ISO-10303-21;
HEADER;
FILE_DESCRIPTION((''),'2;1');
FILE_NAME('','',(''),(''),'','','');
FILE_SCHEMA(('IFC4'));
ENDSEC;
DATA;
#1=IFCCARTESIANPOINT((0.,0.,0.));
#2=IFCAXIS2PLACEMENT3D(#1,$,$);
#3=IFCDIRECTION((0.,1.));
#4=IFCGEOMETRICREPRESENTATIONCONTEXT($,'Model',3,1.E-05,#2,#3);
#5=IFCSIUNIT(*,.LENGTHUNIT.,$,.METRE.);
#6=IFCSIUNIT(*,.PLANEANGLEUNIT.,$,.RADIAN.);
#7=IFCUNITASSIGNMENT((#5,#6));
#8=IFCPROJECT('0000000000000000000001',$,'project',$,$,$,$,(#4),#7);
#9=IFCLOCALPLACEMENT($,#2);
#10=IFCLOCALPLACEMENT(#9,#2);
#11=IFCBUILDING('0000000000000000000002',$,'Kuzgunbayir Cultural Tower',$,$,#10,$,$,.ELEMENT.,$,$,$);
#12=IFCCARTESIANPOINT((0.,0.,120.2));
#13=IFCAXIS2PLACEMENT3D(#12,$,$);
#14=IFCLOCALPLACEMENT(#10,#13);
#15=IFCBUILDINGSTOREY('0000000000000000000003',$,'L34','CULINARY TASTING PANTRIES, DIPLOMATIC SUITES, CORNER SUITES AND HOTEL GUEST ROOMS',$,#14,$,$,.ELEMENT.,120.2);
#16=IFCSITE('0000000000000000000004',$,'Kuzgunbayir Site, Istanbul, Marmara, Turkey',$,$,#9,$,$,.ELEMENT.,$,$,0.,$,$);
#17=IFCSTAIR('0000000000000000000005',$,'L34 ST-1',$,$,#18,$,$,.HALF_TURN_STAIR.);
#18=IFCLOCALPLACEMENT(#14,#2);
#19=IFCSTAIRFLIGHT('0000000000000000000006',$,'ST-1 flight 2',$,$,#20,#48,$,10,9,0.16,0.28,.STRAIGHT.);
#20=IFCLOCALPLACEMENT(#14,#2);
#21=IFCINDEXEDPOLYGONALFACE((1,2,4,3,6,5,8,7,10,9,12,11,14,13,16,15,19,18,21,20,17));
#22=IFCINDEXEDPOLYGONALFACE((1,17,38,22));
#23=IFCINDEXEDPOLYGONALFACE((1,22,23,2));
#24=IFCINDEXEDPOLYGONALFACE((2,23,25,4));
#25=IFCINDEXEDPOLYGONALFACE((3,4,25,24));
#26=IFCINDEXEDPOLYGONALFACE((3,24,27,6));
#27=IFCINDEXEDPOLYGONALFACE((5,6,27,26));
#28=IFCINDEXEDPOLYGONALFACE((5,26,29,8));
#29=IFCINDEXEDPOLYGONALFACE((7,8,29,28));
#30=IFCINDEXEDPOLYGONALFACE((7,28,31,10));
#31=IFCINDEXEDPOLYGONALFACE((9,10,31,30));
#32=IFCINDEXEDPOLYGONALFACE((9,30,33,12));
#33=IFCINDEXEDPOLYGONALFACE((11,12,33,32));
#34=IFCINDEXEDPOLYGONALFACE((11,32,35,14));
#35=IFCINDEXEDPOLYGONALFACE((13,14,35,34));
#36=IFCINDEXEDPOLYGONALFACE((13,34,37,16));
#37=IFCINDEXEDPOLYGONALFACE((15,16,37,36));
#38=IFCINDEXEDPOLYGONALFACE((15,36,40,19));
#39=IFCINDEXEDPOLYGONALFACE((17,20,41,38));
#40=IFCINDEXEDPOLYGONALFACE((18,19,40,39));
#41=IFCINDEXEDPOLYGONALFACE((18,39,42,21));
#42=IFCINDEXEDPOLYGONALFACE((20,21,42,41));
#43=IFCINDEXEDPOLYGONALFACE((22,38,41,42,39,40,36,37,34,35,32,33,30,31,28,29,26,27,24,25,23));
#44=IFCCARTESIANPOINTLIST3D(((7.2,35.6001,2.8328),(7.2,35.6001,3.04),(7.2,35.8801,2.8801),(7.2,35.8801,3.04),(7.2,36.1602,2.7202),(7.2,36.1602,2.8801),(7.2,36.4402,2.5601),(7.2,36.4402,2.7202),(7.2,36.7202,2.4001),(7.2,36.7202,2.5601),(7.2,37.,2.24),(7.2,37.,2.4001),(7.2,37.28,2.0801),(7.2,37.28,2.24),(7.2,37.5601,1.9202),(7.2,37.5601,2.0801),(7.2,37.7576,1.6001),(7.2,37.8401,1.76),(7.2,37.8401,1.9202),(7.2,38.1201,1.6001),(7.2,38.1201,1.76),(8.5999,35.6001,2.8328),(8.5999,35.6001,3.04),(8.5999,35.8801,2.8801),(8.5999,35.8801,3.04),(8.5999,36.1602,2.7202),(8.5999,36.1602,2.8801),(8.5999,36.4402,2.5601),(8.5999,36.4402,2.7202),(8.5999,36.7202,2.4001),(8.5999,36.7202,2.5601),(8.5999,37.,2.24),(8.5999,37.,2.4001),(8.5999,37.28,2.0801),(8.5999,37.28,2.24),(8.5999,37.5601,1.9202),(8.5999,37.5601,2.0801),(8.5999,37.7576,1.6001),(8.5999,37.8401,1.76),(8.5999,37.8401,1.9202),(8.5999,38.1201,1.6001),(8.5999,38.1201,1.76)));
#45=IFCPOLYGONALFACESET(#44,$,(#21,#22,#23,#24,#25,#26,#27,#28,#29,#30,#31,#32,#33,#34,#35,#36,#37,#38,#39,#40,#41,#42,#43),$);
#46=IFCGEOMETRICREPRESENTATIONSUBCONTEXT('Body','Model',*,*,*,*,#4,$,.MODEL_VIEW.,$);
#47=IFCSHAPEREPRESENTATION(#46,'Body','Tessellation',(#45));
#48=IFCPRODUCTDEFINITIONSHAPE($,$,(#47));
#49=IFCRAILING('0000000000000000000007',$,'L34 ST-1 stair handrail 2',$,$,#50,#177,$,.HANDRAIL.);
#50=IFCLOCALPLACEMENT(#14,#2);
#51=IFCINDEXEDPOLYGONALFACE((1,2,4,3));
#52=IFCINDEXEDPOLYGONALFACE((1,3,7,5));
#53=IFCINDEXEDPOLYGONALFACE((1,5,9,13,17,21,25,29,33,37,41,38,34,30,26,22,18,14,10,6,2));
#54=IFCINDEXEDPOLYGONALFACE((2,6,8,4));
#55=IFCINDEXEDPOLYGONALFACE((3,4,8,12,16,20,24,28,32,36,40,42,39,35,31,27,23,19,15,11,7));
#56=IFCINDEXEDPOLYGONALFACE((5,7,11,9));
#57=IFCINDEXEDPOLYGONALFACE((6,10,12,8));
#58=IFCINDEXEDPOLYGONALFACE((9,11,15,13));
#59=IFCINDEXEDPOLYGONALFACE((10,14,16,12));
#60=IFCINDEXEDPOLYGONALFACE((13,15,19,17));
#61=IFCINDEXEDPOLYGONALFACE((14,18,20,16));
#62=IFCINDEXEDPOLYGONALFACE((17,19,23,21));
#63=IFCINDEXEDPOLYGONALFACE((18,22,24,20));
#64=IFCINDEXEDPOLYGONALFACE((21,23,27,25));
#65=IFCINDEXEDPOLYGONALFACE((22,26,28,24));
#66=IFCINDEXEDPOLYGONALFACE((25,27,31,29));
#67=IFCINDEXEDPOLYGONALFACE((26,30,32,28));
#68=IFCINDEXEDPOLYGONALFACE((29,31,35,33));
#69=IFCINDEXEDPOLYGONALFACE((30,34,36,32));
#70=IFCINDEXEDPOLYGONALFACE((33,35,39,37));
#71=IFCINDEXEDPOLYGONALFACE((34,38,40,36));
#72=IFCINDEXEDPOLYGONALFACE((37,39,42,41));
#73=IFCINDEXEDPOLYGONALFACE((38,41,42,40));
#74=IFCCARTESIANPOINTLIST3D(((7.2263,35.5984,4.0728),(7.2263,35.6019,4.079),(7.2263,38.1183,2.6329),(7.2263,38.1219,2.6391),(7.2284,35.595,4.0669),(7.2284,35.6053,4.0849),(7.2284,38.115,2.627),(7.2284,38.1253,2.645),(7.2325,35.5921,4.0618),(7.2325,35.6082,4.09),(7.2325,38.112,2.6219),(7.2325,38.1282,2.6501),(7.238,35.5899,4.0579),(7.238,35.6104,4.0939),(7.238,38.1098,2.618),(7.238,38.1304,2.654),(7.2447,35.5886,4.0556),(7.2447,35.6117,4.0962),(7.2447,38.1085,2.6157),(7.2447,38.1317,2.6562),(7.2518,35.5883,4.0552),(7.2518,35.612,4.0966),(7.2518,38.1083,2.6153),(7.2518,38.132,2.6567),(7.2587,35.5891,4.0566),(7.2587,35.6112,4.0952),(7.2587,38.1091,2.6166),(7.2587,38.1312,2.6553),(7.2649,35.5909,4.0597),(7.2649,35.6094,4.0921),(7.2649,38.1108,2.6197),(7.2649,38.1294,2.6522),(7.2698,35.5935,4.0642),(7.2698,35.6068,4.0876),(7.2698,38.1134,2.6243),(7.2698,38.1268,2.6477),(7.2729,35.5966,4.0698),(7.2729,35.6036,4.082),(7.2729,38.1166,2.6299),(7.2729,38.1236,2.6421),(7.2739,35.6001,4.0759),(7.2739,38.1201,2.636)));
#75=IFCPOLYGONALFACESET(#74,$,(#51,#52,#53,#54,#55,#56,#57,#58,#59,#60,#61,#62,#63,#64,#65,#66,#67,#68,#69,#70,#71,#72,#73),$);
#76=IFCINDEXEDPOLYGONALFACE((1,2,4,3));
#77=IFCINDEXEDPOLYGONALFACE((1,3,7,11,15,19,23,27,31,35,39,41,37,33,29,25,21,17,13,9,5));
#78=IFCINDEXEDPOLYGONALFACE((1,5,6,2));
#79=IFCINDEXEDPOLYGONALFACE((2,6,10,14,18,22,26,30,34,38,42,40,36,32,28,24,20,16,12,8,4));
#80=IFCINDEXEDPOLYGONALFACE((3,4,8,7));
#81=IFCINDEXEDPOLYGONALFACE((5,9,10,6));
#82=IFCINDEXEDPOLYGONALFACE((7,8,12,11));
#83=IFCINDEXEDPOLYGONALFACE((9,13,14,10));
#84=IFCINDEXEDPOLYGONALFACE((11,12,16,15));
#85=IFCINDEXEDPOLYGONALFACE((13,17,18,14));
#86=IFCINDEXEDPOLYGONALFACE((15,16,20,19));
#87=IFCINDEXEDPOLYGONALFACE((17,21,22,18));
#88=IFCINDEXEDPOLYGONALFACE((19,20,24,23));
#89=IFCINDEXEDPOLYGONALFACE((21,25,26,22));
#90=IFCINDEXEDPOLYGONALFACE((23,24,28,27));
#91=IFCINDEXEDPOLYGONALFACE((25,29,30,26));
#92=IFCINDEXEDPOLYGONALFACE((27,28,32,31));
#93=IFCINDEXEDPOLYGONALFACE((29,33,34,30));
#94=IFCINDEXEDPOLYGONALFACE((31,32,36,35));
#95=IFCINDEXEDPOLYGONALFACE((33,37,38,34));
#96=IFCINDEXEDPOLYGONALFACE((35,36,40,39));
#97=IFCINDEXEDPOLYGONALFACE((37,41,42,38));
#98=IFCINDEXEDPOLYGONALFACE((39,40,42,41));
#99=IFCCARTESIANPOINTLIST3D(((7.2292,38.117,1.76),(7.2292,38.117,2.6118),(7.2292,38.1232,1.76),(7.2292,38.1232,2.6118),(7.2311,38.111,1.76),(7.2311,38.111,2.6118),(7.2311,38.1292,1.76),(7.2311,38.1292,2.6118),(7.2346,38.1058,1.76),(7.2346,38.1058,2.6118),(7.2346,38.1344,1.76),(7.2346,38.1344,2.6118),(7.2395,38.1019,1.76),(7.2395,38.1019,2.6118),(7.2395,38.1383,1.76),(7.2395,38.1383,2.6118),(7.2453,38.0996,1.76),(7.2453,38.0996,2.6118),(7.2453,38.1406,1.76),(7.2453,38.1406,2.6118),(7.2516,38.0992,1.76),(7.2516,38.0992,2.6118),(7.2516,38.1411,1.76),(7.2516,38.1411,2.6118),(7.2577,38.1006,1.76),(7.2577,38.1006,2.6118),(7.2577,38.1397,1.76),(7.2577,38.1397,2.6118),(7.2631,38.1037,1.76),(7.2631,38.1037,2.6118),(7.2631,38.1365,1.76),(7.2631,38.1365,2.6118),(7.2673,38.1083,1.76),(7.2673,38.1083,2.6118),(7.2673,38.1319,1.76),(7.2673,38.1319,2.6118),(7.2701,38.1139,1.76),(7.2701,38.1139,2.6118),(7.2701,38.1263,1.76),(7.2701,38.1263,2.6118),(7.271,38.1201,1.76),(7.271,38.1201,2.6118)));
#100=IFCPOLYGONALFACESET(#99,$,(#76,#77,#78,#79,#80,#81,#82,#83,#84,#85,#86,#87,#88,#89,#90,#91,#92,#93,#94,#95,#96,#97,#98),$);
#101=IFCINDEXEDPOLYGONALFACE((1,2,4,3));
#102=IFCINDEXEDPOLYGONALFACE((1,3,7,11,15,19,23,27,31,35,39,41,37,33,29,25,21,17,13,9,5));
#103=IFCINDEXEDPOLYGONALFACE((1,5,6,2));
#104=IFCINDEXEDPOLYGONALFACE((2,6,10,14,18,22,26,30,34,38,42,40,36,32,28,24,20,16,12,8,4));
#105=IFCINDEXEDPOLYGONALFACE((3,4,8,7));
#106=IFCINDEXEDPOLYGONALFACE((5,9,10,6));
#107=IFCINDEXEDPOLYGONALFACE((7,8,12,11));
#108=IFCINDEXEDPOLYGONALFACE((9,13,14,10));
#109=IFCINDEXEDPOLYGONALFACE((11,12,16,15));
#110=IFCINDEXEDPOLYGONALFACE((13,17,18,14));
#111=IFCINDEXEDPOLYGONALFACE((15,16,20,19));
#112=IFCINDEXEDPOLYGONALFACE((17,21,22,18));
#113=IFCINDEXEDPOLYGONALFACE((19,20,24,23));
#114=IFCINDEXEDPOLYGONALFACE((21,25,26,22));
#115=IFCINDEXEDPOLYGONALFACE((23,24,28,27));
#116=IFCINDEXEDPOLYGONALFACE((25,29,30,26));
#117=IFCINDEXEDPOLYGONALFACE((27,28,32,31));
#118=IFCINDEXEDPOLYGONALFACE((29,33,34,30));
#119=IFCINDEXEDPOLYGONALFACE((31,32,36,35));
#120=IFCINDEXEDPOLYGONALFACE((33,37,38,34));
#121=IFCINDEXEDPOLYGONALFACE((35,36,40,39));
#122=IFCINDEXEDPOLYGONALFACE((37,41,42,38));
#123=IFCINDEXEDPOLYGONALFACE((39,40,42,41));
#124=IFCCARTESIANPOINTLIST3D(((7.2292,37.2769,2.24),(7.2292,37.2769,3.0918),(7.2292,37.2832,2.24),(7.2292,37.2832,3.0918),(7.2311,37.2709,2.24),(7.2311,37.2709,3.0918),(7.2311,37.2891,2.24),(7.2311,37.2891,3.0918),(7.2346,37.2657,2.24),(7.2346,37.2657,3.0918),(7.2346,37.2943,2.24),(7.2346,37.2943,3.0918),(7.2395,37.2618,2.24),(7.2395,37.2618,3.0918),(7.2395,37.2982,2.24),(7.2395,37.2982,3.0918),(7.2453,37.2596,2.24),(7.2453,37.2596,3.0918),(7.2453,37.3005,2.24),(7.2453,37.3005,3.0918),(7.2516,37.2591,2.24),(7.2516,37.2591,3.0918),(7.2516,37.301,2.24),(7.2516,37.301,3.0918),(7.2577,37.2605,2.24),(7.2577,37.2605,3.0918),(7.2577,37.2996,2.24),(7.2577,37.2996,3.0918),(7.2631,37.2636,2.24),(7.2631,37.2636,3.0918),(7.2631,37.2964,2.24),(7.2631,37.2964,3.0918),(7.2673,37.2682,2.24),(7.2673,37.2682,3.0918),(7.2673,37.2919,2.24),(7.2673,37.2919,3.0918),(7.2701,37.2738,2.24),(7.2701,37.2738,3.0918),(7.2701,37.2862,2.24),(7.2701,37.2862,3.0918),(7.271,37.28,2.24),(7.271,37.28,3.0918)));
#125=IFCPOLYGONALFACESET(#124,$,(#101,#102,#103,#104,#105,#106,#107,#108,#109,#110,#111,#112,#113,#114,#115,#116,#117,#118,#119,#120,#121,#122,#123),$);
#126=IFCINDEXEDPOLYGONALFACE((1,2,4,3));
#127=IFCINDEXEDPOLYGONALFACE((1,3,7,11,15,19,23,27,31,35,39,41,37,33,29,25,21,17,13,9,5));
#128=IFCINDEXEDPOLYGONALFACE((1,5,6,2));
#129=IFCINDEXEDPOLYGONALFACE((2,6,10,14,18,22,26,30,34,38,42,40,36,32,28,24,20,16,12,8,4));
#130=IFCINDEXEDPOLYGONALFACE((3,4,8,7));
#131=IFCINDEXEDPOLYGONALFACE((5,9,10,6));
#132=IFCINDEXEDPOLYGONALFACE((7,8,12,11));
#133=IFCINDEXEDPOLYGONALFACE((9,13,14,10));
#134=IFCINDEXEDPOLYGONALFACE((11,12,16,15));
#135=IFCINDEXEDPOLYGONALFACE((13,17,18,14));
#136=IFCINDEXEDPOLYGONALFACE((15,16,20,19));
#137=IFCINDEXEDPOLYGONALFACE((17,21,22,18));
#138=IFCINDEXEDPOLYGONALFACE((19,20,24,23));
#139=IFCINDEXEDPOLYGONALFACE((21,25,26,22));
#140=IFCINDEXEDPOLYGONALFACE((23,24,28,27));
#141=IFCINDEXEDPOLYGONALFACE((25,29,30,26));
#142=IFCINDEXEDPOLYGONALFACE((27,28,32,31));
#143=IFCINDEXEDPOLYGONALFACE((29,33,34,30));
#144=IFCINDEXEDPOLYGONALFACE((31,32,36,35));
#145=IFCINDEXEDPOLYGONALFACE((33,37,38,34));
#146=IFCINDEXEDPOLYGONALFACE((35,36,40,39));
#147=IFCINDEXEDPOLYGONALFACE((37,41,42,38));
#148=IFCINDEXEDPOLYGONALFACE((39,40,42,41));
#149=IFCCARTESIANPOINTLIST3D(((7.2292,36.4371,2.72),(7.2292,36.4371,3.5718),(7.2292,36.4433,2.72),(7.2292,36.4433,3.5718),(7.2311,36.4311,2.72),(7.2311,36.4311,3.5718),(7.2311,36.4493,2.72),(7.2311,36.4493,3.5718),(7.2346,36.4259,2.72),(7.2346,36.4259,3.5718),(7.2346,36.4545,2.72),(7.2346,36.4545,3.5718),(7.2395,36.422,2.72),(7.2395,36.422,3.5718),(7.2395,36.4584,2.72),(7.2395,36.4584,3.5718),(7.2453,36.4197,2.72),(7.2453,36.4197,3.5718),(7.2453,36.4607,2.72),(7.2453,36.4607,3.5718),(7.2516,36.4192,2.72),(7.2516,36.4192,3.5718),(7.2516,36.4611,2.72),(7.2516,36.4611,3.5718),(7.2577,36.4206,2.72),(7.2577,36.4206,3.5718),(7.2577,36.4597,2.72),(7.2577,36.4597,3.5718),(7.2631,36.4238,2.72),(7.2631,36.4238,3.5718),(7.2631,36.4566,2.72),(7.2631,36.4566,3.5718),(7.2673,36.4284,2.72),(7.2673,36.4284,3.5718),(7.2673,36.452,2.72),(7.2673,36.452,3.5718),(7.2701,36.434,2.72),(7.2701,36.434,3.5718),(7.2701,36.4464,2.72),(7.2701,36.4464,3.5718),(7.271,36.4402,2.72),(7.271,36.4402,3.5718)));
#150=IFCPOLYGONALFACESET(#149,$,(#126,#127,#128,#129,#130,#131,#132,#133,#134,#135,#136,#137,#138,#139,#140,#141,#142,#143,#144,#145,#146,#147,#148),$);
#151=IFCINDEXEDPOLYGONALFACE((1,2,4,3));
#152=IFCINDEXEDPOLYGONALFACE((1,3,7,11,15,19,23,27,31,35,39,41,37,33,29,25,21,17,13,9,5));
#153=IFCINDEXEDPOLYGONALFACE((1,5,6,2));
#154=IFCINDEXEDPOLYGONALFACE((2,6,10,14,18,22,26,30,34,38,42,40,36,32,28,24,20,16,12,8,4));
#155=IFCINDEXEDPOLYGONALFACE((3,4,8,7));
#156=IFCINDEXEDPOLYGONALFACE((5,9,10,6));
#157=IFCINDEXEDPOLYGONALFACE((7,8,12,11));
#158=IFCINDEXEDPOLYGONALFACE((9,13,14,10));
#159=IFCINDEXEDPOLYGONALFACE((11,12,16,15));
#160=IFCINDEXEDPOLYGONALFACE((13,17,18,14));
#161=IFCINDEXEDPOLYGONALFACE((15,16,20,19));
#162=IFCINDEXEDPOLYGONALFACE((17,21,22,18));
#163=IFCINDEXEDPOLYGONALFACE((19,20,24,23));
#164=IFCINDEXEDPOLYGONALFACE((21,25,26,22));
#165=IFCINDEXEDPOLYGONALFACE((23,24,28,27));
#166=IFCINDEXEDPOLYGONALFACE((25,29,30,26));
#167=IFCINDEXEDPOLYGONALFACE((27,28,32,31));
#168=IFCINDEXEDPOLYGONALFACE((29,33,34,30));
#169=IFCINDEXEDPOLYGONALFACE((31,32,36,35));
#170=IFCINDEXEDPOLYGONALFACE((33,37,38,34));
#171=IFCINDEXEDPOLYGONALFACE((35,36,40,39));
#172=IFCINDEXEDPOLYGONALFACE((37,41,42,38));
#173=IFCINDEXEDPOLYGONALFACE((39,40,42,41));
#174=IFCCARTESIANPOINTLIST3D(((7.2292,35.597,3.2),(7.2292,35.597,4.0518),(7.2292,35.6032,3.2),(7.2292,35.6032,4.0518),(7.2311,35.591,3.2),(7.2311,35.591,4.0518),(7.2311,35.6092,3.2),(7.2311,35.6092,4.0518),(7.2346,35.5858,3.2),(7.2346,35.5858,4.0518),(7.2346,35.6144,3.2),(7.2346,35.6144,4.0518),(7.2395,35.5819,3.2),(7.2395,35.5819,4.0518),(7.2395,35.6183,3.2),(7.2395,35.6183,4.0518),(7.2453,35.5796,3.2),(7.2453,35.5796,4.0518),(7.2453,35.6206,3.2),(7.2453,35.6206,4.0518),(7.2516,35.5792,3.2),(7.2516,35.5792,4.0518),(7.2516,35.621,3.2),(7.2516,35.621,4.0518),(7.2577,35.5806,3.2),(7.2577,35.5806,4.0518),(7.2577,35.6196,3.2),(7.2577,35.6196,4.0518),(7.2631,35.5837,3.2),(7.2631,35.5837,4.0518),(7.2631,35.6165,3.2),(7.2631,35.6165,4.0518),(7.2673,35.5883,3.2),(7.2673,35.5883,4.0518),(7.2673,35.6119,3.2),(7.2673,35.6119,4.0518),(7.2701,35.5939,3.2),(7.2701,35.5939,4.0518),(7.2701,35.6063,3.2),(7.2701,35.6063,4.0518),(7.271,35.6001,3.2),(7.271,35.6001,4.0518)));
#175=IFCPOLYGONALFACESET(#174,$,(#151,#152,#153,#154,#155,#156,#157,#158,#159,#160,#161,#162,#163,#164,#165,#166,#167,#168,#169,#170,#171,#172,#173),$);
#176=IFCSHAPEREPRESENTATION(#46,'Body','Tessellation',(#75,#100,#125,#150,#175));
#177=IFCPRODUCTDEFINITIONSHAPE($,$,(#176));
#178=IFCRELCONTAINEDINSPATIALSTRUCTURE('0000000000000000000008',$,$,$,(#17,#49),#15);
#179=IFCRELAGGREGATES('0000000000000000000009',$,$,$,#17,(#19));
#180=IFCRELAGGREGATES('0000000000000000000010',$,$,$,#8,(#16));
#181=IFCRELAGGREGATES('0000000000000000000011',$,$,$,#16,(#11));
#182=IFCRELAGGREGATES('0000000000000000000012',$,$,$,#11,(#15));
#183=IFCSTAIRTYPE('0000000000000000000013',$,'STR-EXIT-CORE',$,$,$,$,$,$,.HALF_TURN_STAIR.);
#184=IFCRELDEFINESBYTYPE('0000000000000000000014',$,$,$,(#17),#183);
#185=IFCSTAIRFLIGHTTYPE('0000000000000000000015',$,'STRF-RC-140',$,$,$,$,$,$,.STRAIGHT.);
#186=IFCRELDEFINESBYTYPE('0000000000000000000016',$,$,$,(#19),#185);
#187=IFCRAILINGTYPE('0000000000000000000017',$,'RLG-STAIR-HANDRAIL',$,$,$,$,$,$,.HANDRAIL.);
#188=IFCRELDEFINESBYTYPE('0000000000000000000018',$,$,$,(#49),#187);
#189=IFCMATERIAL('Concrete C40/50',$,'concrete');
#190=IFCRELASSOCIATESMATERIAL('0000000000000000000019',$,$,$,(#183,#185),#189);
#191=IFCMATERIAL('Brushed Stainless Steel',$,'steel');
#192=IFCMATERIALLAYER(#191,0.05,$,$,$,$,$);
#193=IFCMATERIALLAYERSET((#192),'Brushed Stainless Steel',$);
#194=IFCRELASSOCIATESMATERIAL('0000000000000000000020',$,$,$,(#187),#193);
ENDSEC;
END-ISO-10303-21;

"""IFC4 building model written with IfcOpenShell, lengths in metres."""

from ifc_helpers import new_model, si_unit, direction, frame, origin, origin_2d, place, context, subcontext, project, spatial, polyline, circle, outline, extrude, material, layer, layer_set, type_object, element, aggregate, save


model = new_model("IFC4")

# Units and contexts
model_context = context("Model", 3, precision=1e-05, world=origin(), true_north=direction((0.0, 1.0)))
body_context = subcontext(model_context, "Body", "Model", "MODEL_VIEW")
ifc_project = project(units=[si_unit("LENGTHUNIT", "METRE"), si_unit("PLANEANGLEUNIT", "RADIAN")], contexts=[model_context])

# Site, building, storey
site_placement = place(None, origin())
site = spatial("IfcSite", under=ifc_project, at=site_placement, Name="Kuzgunbayir Site, Istanbul, Marmara, Turkey", CompositionType="ELEMENT", RefElevation=0.0)
building_placement = place(site_placement, origin())
building = spatial("IfcBuilding", under=site, at=building_placement, Name="Kuzgunbayir Cultural Tower", CompositionType="ELEMENT")
storey_placement = place(building_placement, frame((0.0, 0.0, 120.2)))
storey = spatial("IfcBuildingStorey", under=building, at=storey_placement, Name="L34", Description="CULINARY TASTING PANTRIES, DIPLOMATIC SUITES, CORNER SUITES AND HOTEL GUEST ROOMS", CompositionType="ELEMENT", Elevation=120.2)

# Stair, stair flight
ifc_material_1 = material(Name="Concrete C40/50", Category="concrete")
stair_type = type_object("IfcStairType", Name="STR-EXIT-CORE", PredefinedType="HALF_TURN_STAIR", material=ifc_material_1)
stair_placement = place(storey_placement, origin())
stair = element("IfcStair", 1, at=stair_placement, inside=storey, type_object=stair_type, Name="L34 ST-1", PredefinedType="HALF_TURN_STAIR")
stair_flight_type = type_object("IfcStairFlightType", Name="STRF-RC-140", PredefinedType="STRAIGHT", material=ifc_material_1)
stair_flight_placement = place(storey_placement, frame((7.8999, 38.1201, 1.6001), z_axis=(0.0, 0.0, 1.0), x_axis=(0.0, -1.0, 0.0)))
stair_flight = element("IfcStairFlight", 2, at=stair_flight_placement, type_object=stair_flight_type, Name="ST-1 flight 2", NumberOfRisers=10, NumberOfTreads=9, PredefinedType="STRAIGHT", RiserHeight=0.16, TreadLength=0.28, context=body_context, shape_type="SweptSolid", body=[
    extrude(outline(polyline([(0.0, 0.0), (0.0, 0.1599), (0.28, 0.1599), (0.28, 0.3201), (0.5601, 0.3201), (0.5601, 0.48), (0.8401, 0.48), (0.8401, 0.6399), (1.1201, 0.6399), (1.1201, 0.8), (1.3999, 0.8), (1.3999, 0.96), (1.6799, 0.96), (1.6799, 1.1201), (1.96, 1.1201), (1.96, 1.28), (2.24, 1.28), (2.24, 1.4399), (2.52, 1.4399), (2.52, 1.6001), (2.52, 1.2327), (0.3625, 0.0), (0.0, 0.0)])), frame((0.0, 0.7, 0.0), z_axis=(0.0, -1.0, 0.0), x_axis=(1.0, 0.0, 0.0)), (0.0, 0.0, 1.0), 1.3999),
])
aggregate(stair, [stair_flight])

# Railing
ifc_material_2 = material(Name="Brushed Stainless Steel", Category="steel")
ifc_layer_1 = layer(ifc_material_2, 0.05)
ifc_layer_set_1 = layer_set([ifc_layer_1], Name="Brushed Stainless Steel")
railing_type_1 = type_object("IfcRailingType", Name="RLG-STAIR-HANDRAIL", PredefinedType="HANDRAIL", material=ifc_layer_set_1)
railing_1_placement = place(storey_placement, frame((7.25, 38.1201, 1.76)))
element("IfcRailing", 3, at=railing_1_placement, inside=storey, type_object=railing_type_1, Name="L34 ST-1 stair handrail 2", PredefinedType="HANDRAIL", context=body_context, shape_type="SweptSolid", body=[
    extrude(circle(Radius=0.0239, at=origin_2d()), frame((0.0, 0.0, 0.876), z_axis=(0.0, -0.868253, 0.496121), x_axis=(1.0, 0.0, 0.0)), (0.0, 0.0, 1.0), 2.9023),
    extrude(circle(Radius=0.021, at=origin_2d()), origin(), (0.0, 0.0, 1.0), 0.8518),
    extrude(circle(Radius=0.021, at=origin_2d()), frame((0.0, -0.8401, 0.48)), (0.0, 0.0, 1.0), 0.8518),
    extrude(circle(Radius=0.021, at=origin_2d()), frame((0.0, -1.6799, 0.96)), (0.0, 0.0, 1.0), 0.8518),
    extrude(circle(Radius=0.021, at=origin_2d()), frame((0.0, -2.52, 1.4399)), (0.0, 0.0, 1.0), 0.8518),
])

save(model, "model.ifc")
